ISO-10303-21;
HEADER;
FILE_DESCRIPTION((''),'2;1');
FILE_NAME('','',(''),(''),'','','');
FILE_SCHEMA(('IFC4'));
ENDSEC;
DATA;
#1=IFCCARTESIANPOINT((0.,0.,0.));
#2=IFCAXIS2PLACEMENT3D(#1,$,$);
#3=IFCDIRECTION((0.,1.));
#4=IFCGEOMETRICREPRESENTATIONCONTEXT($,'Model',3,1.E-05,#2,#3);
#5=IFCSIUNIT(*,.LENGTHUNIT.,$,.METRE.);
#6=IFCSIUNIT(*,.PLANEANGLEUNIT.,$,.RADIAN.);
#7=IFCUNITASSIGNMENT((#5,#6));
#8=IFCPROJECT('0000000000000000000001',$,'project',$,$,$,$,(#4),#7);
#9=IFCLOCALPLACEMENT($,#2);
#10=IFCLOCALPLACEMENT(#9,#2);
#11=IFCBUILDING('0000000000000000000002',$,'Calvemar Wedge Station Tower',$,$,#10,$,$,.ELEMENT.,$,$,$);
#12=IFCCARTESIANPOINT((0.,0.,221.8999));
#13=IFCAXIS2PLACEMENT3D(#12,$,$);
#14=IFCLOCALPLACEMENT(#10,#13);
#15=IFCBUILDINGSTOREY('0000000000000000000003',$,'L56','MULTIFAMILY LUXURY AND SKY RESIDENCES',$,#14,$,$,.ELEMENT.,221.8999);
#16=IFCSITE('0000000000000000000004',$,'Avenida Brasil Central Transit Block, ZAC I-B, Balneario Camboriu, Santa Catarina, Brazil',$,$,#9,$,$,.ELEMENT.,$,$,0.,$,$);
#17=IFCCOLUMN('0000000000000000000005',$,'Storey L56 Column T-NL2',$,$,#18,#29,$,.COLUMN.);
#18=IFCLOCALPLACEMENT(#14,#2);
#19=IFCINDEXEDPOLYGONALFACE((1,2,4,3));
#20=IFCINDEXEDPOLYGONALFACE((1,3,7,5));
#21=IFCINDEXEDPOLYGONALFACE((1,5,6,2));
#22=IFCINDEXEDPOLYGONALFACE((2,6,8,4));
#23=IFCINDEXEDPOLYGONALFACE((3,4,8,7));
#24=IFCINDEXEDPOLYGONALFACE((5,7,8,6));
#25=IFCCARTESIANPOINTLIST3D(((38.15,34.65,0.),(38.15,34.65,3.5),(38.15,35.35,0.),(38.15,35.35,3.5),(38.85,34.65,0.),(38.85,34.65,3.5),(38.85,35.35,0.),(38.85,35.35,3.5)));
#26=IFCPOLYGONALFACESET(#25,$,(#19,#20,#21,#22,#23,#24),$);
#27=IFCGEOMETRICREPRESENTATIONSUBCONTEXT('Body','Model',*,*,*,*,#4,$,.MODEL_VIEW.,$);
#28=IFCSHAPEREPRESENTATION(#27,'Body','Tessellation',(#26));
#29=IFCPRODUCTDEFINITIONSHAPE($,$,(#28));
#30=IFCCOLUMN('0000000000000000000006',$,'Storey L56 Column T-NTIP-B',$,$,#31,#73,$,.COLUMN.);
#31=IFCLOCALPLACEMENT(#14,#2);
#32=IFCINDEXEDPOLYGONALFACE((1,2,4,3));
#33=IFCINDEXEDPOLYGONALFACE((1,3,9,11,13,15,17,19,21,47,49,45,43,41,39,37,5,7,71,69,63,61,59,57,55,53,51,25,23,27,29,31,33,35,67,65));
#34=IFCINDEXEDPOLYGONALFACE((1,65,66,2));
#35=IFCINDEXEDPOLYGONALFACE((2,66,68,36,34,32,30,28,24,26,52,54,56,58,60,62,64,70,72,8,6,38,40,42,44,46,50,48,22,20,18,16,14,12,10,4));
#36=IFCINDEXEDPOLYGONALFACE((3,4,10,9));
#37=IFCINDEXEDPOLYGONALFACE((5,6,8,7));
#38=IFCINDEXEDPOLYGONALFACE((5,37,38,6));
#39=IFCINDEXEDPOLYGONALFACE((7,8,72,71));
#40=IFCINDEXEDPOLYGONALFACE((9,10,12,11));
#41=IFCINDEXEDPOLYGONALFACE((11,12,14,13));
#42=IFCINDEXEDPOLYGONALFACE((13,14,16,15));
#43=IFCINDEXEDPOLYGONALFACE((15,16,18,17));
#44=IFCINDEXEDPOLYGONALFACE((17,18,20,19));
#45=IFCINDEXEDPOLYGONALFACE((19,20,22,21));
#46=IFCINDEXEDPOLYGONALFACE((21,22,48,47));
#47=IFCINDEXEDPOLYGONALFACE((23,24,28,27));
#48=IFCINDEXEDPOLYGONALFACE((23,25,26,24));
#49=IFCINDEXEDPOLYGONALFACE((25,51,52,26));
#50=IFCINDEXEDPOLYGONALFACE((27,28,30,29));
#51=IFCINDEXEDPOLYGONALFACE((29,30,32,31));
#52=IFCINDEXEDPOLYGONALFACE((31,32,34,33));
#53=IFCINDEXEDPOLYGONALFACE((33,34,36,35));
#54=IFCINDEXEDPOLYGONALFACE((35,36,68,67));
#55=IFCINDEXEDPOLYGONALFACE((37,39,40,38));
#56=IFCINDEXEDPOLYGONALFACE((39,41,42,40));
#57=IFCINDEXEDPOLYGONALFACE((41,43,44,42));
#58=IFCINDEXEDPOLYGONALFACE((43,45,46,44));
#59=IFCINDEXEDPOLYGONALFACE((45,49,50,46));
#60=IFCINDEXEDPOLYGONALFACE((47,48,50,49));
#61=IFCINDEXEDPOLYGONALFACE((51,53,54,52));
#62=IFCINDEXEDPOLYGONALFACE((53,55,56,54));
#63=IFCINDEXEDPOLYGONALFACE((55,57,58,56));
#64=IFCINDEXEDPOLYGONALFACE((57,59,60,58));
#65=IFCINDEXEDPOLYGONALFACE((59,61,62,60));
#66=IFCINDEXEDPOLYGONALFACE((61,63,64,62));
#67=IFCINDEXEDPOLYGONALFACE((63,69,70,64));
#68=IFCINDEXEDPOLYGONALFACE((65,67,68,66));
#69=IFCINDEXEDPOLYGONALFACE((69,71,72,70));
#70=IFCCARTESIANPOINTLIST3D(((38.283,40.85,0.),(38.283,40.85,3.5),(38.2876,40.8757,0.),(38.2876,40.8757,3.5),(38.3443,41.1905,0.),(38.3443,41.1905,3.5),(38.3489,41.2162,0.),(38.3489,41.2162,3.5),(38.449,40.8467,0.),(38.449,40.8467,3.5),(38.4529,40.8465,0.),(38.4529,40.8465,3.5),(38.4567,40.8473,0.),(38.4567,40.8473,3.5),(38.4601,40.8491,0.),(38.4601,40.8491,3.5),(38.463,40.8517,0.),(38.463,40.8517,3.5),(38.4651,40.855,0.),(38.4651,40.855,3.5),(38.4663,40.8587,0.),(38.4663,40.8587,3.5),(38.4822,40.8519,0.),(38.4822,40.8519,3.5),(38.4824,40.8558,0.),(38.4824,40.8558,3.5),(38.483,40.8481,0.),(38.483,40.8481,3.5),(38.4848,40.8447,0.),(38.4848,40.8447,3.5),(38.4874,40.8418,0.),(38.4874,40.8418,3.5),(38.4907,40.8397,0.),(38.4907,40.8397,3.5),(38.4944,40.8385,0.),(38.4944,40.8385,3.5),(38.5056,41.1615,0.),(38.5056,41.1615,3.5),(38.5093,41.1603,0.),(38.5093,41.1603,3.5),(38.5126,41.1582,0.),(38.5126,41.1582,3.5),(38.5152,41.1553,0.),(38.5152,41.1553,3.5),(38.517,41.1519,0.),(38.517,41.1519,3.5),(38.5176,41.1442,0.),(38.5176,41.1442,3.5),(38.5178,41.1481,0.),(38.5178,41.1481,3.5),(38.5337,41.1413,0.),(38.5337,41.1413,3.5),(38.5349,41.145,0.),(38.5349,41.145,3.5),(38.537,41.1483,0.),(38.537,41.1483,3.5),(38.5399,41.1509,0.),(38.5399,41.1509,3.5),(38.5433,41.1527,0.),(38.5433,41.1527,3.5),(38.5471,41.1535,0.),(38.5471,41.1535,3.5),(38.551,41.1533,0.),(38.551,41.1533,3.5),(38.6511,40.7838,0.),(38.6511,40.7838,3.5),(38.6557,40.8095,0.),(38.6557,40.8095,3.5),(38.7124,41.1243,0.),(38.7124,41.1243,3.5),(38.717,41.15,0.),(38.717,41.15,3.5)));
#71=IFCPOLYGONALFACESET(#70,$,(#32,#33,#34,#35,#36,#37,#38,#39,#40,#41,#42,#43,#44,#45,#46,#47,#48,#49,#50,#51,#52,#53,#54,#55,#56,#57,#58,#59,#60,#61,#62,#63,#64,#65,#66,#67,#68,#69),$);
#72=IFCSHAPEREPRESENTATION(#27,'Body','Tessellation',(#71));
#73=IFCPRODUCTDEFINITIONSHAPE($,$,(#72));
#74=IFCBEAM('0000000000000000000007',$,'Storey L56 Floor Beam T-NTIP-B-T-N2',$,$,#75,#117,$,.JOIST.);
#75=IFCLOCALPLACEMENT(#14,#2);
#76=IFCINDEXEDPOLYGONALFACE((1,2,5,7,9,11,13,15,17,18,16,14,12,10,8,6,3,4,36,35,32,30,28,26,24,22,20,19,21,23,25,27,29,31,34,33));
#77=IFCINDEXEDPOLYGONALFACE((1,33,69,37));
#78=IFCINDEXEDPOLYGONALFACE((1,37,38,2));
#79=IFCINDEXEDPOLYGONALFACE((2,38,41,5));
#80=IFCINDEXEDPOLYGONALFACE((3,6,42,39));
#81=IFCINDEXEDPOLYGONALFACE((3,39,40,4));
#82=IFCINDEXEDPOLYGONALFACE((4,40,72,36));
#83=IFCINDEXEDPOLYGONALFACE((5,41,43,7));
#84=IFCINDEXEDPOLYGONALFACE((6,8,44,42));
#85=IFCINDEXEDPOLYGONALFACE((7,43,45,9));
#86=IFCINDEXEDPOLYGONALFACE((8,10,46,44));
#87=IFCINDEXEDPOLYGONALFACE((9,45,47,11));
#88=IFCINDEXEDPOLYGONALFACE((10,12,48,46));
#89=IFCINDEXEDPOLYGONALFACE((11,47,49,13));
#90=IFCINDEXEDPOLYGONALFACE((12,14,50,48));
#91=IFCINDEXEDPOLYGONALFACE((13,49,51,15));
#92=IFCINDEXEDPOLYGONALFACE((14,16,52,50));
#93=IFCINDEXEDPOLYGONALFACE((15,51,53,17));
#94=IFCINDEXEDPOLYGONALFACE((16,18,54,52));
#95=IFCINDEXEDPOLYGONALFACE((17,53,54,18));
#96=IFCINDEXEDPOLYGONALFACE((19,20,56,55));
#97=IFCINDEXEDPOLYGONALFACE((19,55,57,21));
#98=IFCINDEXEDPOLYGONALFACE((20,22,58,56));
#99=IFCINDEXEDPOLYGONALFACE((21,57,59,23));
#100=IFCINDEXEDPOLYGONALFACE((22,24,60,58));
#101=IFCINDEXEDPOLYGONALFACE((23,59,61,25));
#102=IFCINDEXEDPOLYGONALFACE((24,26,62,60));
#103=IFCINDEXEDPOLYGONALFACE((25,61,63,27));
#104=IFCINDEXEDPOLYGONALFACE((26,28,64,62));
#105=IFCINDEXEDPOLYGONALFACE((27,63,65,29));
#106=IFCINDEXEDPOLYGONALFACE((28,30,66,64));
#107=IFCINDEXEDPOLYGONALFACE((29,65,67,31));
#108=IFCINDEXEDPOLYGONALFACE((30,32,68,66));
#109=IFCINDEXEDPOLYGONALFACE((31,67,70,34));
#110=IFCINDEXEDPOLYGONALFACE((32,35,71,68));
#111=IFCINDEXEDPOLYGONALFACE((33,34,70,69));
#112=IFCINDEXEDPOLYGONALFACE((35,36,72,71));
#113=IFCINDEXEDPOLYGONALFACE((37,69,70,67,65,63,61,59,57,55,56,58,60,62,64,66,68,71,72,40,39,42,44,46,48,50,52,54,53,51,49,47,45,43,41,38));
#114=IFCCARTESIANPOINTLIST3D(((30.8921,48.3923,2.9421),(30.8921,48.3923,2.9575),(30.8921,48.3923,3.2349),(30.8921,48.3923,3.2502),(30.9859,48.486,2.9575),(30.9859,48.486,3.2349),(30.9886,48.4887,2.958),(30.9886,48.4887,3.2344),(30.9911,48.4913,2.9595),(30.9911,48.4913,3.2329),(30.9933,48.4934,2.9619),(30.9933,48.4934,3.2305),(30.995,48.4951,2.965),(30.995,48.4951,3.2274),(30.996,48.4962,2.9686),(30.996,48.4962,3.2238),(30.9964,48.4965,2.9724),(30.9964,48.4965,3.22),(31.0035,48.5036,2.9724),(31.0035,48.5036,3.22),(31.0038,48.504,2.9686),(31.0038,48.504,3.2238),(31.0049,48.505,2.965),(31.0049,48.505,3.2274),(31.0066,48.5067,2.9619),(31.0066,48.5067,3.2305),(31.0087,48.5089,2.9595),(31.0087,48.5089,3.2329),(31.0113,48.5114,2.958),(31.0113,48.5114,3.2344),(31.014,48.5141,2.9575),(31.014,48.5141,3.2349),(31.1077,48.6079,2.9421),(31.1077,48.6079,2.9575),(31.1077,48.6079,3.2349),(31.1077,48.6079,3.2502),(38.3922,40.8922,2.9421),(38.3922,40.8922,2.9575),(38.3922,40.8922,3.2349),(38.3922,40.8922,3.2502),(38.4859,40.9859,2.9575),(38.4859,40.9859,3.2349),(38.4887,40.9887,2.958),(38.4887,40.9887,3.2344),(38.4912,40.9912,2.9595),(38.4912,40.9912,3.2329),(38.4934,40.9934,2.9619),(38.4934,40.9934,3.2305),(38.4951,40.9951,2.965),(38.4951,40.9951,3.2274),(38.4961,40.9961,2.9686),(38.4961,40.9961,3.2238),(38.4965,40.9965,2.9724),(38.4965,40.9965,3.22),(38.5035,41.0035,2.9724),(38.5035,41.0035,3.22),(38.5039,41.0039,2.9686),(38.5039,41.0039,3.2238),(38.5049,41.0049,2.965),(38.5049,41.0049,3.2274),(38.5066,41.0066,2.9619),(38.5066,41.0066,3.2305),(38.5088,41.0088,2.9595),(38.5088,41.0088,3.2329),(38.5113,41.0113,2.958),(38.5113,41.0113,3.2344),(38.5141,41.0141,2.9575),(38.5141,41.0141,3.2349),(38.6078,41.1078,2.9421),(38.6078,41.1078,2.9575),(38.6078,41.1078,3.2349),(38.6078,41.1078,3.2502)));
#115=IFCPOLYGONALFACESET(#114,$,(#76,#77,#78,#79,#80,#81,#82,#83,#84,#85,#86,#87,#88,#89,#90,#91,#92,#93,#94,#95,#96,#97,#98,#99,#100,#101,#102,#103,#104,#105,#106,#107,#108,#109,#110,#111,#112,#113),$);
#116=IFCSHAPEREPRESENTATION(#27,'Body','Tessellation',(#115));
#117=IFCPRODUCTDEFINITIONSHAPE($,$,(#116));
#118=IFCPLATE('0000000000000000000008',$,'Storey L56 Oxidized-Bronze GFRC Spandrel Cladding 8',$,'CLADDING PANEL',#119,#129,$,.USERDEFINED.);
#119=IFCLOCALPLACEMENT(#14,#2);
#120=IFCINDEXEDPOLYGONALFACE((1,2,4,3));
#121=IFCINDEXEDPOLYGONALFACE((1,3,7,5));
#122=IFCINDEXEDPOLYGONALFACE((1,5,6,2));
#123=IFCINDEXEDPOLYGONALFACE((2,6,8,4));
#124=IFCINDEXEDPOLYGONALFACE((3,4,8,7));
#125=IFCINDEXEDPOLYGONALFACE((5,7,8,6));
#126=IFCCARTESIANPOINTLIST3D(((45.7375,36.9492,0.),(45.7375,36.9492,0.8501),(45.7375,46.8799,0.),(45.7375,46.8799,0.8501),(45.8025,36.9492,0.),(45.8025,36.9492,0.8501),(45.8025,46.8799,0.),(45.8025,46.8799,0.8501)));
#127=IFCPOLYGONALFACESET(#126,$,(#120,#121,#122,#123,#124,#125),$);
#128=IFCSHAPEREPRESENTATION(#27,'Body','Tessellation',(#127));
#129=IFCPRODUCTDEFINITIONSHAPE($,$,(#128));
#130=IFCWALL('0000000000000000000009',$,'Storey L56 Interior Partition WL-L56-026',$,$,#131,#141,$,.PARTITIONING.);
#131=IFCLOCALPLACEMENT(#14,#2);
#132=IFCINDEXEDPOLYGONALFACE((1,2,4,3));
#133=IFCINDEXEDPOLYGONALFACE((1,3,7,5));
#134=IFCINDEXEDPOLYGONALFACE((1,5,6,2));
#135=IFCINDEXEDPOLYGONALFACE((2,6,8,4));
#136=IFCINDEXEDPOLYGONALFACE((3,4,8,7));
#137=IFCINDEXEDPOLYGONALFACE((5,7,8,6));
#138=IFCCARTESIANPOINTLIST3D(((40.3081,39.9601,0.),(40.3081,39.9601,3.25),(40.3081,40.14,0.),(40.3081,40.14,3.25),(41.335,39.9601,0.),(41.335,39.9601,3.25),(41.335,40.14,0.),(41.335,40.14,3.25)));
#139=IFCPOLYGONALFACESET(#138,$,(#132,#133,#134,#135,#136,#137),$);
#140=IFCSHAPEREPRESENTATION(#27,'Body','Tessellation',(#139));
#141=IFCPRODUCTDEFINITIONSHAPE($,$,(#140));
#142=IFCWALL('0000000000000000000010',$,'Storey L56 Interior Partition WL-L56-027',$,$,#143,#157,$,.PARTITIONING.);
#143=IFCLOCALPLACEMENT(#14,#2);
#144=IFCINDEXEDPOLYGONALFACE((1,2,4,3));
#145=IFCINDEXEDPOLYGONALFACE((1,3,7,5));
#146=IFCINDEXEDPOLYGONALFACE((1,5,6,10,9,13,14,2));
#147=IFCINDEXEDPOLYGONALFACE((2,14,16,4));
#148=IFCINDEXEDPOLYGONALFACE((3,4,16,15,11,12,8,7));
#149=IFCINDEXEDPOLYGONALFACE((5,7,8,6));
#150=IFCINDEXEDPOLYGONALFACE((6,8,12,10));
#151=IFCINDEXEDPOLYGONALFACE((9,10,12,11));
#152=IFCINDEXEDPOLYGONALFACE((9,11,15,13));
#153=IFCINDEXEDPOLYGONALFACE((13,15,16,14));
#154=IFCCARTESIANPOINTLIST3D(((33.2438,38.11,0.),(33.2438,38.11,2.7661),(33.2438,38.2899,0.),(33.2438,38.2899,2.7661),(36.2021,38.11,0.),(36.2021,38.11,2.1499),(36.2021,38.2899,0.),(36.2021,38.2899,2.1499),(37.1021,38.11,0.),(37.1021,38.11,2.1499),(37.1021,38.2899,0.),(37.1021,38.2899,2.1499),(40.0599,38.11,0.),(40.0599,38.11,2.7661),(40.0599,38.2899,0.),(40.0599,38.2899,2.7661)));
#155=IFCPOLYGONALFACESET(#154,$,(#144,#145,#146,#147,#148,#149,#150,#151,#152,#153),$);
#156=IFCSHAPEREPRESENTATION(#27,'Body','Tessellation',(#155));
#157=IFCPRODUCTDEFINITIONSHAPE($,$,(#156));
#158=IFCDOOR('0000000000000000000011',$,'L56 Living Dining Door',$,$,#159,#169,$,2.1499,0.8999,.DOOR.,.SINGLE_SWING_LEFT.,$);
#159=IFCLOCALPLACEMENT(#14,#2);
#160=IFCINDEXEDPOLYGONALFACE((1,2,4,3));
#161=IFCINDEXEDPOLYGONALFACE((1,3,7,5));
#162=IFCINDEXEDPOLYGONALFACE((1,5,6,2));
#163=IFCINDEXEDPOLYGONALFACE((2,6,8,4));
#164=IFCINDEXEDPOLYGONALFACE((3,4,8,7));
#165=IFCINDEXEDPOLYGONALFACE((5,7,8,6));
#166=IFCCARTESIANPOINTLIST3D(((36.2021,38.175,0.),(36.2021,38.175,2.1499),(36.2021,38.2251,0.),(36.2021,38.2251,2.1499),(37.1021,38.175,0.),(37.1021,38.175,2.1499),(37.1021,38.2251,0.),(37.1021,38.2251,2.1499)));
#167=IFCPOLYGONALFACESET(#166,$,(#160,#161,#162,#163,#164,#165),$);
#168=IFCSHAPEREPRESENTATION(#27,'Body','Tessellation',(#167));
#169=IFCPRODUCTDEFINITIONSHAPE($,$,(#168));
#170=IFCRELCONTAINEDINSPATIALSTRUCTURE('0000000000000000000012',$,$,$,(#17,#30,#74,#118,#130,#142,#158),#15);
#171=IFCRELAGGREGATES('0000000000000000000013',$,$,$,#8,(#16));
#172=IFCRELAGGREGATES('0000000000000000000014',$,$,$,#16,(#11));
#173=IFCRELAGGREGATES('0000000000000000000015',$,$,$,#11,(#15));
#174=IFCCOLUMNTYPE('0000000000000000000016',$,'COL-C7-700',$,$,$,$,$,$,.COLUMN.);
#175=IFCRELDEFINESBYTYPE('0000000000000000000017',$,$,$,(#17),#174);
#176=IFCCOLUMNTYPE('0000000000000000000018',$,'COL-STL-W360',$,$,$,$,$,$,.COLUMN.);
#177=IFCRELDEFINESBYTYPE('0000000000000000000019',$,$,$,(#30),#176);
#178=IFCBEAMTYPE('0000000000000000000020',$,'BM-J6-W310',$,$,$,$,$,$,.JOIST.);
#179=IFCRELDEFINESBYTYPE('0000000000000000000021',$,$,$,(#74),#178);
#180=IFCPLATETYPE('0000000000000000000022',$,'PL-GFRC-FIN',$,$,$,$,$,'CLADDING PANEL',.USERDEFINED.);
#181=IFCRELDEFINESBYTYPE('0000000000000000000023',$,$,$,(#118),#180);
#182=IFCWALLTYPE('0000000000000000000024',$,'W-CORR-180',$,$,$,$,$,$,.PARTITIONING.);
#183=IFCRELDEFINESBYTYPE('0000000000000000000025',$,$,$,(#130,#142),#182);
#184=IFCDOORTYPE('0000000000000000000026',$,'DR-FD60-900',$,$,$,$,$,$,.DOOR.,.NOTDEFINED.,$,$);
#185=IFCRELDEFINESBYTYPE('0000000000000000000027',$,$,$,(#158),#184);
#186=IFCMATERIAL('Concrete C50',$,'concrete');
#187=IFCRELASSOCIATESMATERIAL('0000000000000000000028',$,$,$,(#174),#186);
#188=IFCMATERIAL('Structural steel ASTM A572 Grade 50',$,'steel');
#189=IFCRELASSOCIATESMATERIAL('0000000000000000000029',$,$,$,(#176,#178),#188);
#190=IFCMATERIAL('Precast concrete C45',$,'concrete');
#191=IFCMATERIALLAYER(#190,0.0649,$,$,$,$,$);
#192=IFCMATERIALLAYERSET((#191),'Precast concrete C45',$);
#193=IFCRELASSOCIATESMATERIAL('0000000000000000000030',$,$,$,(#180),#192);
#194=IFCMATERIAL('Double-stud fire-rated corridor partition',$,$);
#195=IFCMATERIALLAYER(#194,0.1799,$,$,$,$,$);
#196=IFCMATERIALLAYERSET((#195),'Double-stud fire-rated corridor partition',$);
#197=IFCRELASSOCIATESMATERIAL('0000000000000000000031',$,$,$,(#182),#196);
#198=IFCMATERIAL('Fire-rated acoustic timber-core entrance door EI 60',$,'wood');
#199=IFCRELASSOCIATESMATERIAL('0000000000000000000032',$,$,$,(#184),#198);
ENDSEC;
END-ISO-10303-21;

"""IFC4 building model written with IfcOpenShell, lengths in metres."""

from ifc_helpers import new_model, si_unit, direction, frame, frame_2d, origin, origin_2d, place, context, subcontext, project, spatial, rectangle, i_section, extrude, source, transform, mapped, material, layer, layer_set, material_profile, profile_set, type_object, element, fill, save


model = new_model("IFC4")

# Units and contexts
model_context = context("Model", 3, precision=1e-05, world=origin(), true_north=direction((0.0, 1.0)))
body_context = subcontext(model_context, "Body", "Model", "MODEL_VIEW")
ifc_project = project(units=[si_unit("LENGTHUNIT", "METRE"), si_unit("PLANEANGLEUNIT", "RADIAN")], contexts=[model_context])

# Site, building, storey
site_placement = place(None, origin())
site = spatial("IfcSite", under=ifc_project, at=site_placement, Name="Avenida Brasil Central Transit Block, ZAC I-B, Balneario Camboriu, Santa Catarina, Brazil", CompositionType="ELEMENT", RefElevation=0.0)
building_placement = place(site_placement, origin())
building = spatial("IfcBuilding", under=site, at=building_placement, Name="Calvemar Wedge Station Tower", CompositionType="ELEMENT")
storey_placement = place(building_placement, frame((0.0, 0.0, 221.8999)))
storey = spatial("IfcBuildingStorey", under=building, at=storey_placement, Name="L56", Description="MULTIFAMILY LUXURY AND SKY RESIDENCES", CompositionType="ELEMENT", Elevation=221.8999)

# Columns
ifc_material_1 = material(Name="Concrete C50", Category="concrete")
ifc_material_profile_1 = material_profile(ifc_material_1, rectangle(XDim=0.7, YDim=0.7, at=origin_2d()), Name="RC700x700")
ifc_profile_set_1 = profile_set([ifc_material_profile_1], Name="Concrete C50")
column_type_1 = type_object("IfcColumnType", Name="COL-C7-700", PredefinedType="COLUMN", material=ifc_profile_set_1)
shared_shape_1 = source(origin(), body_context, "Body", "SweptSolid", [
    extrude(rectangle(XDim=0.7, YDim=0.7, at=origin_2d()), origin(), (0.0, 0.0, 1.0), 3.5),
])
column_1_placement = place(storey_placement, frame((38.5, 35.0, 0.0), z_axis=(0.0, 0.0, 1.0), x_axis=(1.0, 0.0, 0.0)))
element("IfcColumn", 1, at=column_1_placement, inside=storey, type_object=column_type_1, Name="Storey L56 Column T-NL2", PredefinedType="COLUMN", context=body_context, shape_type="MappedRepresentation", body=[
    mapped(shared_shape_1, transform((0.0, 0.0, 0.0), scale=1.0)),
])
ifc_material_2 = material(Name="Structural steel ASTM A572 Grade 50", Category="steel")
ifc_material_profile_2 = material_profile(ifc_material_2, i_section(OverallWidth=0.374, OverallDepth=0.3721, WebThickness=0.0164, FlangeThickness=0.0261, FilletRadius=0.0149, at=origin_2d()), Name="W360x196")
ifc_profile_set_2 = profile_set([ifc_material_profile_2], Name="Structural steel ASTM A572 Grade 50")
column_type_2 = type_object("IfcColumnType", Name="COL-STL-W360", PredefinedType="COLUMN", material=ifc_profile_set_2)
shared_shape_2 = source(origin(), body_context, "Body", "SweptSolid", [
    extrude(i_section(OverallWidth=0.374, OverallDepth=0.3721, WebThickness=0.0164, FlangeThickness=0.0261, FilletRadius=0.0149, at=origin_2d()), origin(), (0.0, 0.0, 1.0), 3.5),
])
column_2_placement = place(storey_placement, frame((38.5, 41.0, 0.0), z_axis=(0.0, 0.0, 1.0), x_axis=(0.984196, -0.177085, 0.0)))
element("IfcColumn", 2, at=column_2_placement, inside=storey, type_object=column_type_2, Name="Storey L56 Column T-NTIP-B", PredefinedType="COLUMN", context=body_context, shape_type="MappedRepresentation", body=[
    mapped(shared_shape_2, transform((0.0, 0.0, 0.0), scale=1.0)),
])

# Beam
ifc_material_profile_3 = material_profile(ifc_material_2, i_section(OverallWidth=0.3049, OverallDepth=0.3081, WebThickness=0.01, FlangeThickness=0.0154, FilletRadius=0.0149, at=origin_2d()), Name="W310x97")
ifc_profile_set_3 = profile_set([ifc_material_profile_3], Name="Structural steel ASTM A572 Grade 50")
beam_type = type_object("IfcBeamType", Name="BM-J6-W310", PredefinedType="JOIST", material=ifc_profile_set_3)
shared_shape_3 = source(origin(), body_context, "Body", "SweptSolid", [
    extrude(i_section(OverallWidth=0.3049, OverallDepth=0.3081, WebThickness=0.01, FlangeThickness=0.0154, FilletRadius=0.0149, at=origin_2d()), origin(), (0.0, 0.0, 1.0), 10.6067),
])
beam_placement = place(storey_placement, frame((38.5, 41.0, 3.0962), z_axis=(-0.707107, 0.707107, 0.0), x_axis=(-0.707107, -0.707107, 0.0)))
element("IfcBeam", 3, at=beam_placement, inside=storey, type_object=beam_type, Name="Storey L56 Floor Beam T-NTIP-B-T-N2", PredefinedType="JOIST", context=body_context, shape_type="MappedRepresentation", body=[
    mapped(shared_shape_3, transform((0.0, 0.0, 0.0), scale=1.0)),
])

# Plate
ifc_material_3 = material(Name="Precast concrete C45", Category="concrete")
ifc_layer_1 = layer(ifc_material_3, 0.0649)
ifc_layer_set_1 = layer_set([ifc_layer_1], Name="Precast concrete C45")
plate_type = type_object("IfcPlateType", Name="PL-GFRC-FIN", ElementType="CLADDING PANEL", PredefinedType="USERDEFINED", material=ifc_layer_set_1)
plate_placement = place(storey_placement, frame((45.77, 36.9492, 0.0), z_axis=(0.0, 0.0, 1.0), x_axis=(0.0, 1.0, 0.0)))
element("IfcPlate", 4, at=plate_placement, inside=storey, type_object=plate_type, Name="Storey L56 Oxidized-Bronze GFRC Spandrel Cladding 8", ObjectType="CLADDING PANEL", PredefinedType="USERDEFINED", context=body_context, shape_type="SweptSolid", body=[
    extrude(rectangle(XDim=9.9307, YDim=0.0649, at=frame_2d((4.9653, 0.0))), origin(), (0.0, 0.0, 1.0), 0.8501),
])

# Wall
ifc_material_4 = material(Name="Double-stud fire-rated corridor partition")
ifc_layer_2 = layer(ifc_material_4, 0.1799)
ifc_layer_set_2 = layer_set([ifc_layer_2], Name="Double-stud fire-rated corridor partition")
wall_type_1 = type_object("IfcWallType", Name="W-CORR-180", PredefinedType="PARTITIONING", material=ifc_layer_set_2)
wall_1_placement = place(storey_placement, frame((40.3081, 40.05, 0.0), z_axis=(0.0, 0.0, 1.0), x_axis=(1.0, 0.0, 0.0)))
element("IfcWall", 5, at=wall_1_placement, inside=storey, type_object=wall_type_1, Name="Storey L56 Interior Partition WL-L56-026", PredefinedType="PARTITIONING", context=body_context, shape_type="SweptSolid", body=[
    extrude(rectangle(XDim=1.0269, YDim=0.1799, at=frame_2d((0.5134, 0.0))), origin(), (0.0, 0.0, 1.0), 3.25),
])

# Wall, opening, door
wall_2_placement = place(storey_placement, frame((40.0601, 38.2, 0.0), z_axis=(0.0, 0.0, 1.0), x_axis=(-1.0, 0.0, 0.0)))
wall_2 = element("IfcWall", 6, at=wall_2_placement, inside=storey, type_object=wall_type_1, Name="Storey L56 Interior Partition WL-L56-027", PredefinedType="PARTITIONING", context=body_context, shape_type="SweptSolid", body=[
    extrude(rectangle(XDim=6.8162, YDim=0.1799, at=frame_2d((3.4082, 0.0))), origin(), (0.0, 0.0, 1.0), 2.7661),
])
shared_shape_4 = source(origin(), body_context, "Body", "SweptSolid", [
    extrude(rectangle(XDim=0.8999, YDim=2.1499, at=frame_2d((0.45, 1.075))), frame((0.0, 0.1001, 0.0), z_axis=(0.0, -1.0, 0.0), x_axis=(1.0, 0.0, 0.0)), (0.0, 0.0, 1.0), 0.2),
])
opening_1_placement = place(wall_2_placement, frame((2.958, 0.0, 0.0)))
opening_1 = element("IfcOpeningElement", 7, at=opening_1_placement, cuts=wall_2, PredefinedType="OPENING", context=body_context, shape_type="MappedRepresentation", body=[
    mapped(shared_shape_4, transform((0.0, 0.0, 0.0), scale=1.0)),
])
ifc_material_5 = material(Name="Fire-rated acoustic timber-core entrance door EI 60", Category="wood")
door_type_1 = type_object("IfcDoorType", Name="DR-FD60-900", OperationType="NOTDEFINED", PredefinedType="DOOR", material=ifc_material_5)
shared_shape_5 = source(origin(), body_context, "Body", "SweptSolid", [
    extrude(rectangle(XDim=0.8999, YDim=2.1499, at=frame_2d((0.45, 1.075))), frame((0.0, 0.0249, 0.0), z_axis=(0.0, -1.0, 0.0), x_axis=(1.0, 0.0, 0.0)), (0.0, 0.0, 1.0), 0.05),
])
door_1_placement = place(opening_1_placement, origin())
door_1 = element("IfcDoor", 8, at=door_1_placement, inside=storey, type_object=door_type_1, Name="L56 Living Dining Door", OperationType="SINGLE_SWING_LEFT", OverallHeight=2.1499, OverallWidth=0.8999, PredefinedType="DOOR", context=body_context, shape_type="MappedRepresentation", body=[
    mapped(shared_shape_5, transform((0.0, 0.0, 0.0), scale=1.0)),
])
fill(opening_1, door_1)

save(model, "model.ifc")
